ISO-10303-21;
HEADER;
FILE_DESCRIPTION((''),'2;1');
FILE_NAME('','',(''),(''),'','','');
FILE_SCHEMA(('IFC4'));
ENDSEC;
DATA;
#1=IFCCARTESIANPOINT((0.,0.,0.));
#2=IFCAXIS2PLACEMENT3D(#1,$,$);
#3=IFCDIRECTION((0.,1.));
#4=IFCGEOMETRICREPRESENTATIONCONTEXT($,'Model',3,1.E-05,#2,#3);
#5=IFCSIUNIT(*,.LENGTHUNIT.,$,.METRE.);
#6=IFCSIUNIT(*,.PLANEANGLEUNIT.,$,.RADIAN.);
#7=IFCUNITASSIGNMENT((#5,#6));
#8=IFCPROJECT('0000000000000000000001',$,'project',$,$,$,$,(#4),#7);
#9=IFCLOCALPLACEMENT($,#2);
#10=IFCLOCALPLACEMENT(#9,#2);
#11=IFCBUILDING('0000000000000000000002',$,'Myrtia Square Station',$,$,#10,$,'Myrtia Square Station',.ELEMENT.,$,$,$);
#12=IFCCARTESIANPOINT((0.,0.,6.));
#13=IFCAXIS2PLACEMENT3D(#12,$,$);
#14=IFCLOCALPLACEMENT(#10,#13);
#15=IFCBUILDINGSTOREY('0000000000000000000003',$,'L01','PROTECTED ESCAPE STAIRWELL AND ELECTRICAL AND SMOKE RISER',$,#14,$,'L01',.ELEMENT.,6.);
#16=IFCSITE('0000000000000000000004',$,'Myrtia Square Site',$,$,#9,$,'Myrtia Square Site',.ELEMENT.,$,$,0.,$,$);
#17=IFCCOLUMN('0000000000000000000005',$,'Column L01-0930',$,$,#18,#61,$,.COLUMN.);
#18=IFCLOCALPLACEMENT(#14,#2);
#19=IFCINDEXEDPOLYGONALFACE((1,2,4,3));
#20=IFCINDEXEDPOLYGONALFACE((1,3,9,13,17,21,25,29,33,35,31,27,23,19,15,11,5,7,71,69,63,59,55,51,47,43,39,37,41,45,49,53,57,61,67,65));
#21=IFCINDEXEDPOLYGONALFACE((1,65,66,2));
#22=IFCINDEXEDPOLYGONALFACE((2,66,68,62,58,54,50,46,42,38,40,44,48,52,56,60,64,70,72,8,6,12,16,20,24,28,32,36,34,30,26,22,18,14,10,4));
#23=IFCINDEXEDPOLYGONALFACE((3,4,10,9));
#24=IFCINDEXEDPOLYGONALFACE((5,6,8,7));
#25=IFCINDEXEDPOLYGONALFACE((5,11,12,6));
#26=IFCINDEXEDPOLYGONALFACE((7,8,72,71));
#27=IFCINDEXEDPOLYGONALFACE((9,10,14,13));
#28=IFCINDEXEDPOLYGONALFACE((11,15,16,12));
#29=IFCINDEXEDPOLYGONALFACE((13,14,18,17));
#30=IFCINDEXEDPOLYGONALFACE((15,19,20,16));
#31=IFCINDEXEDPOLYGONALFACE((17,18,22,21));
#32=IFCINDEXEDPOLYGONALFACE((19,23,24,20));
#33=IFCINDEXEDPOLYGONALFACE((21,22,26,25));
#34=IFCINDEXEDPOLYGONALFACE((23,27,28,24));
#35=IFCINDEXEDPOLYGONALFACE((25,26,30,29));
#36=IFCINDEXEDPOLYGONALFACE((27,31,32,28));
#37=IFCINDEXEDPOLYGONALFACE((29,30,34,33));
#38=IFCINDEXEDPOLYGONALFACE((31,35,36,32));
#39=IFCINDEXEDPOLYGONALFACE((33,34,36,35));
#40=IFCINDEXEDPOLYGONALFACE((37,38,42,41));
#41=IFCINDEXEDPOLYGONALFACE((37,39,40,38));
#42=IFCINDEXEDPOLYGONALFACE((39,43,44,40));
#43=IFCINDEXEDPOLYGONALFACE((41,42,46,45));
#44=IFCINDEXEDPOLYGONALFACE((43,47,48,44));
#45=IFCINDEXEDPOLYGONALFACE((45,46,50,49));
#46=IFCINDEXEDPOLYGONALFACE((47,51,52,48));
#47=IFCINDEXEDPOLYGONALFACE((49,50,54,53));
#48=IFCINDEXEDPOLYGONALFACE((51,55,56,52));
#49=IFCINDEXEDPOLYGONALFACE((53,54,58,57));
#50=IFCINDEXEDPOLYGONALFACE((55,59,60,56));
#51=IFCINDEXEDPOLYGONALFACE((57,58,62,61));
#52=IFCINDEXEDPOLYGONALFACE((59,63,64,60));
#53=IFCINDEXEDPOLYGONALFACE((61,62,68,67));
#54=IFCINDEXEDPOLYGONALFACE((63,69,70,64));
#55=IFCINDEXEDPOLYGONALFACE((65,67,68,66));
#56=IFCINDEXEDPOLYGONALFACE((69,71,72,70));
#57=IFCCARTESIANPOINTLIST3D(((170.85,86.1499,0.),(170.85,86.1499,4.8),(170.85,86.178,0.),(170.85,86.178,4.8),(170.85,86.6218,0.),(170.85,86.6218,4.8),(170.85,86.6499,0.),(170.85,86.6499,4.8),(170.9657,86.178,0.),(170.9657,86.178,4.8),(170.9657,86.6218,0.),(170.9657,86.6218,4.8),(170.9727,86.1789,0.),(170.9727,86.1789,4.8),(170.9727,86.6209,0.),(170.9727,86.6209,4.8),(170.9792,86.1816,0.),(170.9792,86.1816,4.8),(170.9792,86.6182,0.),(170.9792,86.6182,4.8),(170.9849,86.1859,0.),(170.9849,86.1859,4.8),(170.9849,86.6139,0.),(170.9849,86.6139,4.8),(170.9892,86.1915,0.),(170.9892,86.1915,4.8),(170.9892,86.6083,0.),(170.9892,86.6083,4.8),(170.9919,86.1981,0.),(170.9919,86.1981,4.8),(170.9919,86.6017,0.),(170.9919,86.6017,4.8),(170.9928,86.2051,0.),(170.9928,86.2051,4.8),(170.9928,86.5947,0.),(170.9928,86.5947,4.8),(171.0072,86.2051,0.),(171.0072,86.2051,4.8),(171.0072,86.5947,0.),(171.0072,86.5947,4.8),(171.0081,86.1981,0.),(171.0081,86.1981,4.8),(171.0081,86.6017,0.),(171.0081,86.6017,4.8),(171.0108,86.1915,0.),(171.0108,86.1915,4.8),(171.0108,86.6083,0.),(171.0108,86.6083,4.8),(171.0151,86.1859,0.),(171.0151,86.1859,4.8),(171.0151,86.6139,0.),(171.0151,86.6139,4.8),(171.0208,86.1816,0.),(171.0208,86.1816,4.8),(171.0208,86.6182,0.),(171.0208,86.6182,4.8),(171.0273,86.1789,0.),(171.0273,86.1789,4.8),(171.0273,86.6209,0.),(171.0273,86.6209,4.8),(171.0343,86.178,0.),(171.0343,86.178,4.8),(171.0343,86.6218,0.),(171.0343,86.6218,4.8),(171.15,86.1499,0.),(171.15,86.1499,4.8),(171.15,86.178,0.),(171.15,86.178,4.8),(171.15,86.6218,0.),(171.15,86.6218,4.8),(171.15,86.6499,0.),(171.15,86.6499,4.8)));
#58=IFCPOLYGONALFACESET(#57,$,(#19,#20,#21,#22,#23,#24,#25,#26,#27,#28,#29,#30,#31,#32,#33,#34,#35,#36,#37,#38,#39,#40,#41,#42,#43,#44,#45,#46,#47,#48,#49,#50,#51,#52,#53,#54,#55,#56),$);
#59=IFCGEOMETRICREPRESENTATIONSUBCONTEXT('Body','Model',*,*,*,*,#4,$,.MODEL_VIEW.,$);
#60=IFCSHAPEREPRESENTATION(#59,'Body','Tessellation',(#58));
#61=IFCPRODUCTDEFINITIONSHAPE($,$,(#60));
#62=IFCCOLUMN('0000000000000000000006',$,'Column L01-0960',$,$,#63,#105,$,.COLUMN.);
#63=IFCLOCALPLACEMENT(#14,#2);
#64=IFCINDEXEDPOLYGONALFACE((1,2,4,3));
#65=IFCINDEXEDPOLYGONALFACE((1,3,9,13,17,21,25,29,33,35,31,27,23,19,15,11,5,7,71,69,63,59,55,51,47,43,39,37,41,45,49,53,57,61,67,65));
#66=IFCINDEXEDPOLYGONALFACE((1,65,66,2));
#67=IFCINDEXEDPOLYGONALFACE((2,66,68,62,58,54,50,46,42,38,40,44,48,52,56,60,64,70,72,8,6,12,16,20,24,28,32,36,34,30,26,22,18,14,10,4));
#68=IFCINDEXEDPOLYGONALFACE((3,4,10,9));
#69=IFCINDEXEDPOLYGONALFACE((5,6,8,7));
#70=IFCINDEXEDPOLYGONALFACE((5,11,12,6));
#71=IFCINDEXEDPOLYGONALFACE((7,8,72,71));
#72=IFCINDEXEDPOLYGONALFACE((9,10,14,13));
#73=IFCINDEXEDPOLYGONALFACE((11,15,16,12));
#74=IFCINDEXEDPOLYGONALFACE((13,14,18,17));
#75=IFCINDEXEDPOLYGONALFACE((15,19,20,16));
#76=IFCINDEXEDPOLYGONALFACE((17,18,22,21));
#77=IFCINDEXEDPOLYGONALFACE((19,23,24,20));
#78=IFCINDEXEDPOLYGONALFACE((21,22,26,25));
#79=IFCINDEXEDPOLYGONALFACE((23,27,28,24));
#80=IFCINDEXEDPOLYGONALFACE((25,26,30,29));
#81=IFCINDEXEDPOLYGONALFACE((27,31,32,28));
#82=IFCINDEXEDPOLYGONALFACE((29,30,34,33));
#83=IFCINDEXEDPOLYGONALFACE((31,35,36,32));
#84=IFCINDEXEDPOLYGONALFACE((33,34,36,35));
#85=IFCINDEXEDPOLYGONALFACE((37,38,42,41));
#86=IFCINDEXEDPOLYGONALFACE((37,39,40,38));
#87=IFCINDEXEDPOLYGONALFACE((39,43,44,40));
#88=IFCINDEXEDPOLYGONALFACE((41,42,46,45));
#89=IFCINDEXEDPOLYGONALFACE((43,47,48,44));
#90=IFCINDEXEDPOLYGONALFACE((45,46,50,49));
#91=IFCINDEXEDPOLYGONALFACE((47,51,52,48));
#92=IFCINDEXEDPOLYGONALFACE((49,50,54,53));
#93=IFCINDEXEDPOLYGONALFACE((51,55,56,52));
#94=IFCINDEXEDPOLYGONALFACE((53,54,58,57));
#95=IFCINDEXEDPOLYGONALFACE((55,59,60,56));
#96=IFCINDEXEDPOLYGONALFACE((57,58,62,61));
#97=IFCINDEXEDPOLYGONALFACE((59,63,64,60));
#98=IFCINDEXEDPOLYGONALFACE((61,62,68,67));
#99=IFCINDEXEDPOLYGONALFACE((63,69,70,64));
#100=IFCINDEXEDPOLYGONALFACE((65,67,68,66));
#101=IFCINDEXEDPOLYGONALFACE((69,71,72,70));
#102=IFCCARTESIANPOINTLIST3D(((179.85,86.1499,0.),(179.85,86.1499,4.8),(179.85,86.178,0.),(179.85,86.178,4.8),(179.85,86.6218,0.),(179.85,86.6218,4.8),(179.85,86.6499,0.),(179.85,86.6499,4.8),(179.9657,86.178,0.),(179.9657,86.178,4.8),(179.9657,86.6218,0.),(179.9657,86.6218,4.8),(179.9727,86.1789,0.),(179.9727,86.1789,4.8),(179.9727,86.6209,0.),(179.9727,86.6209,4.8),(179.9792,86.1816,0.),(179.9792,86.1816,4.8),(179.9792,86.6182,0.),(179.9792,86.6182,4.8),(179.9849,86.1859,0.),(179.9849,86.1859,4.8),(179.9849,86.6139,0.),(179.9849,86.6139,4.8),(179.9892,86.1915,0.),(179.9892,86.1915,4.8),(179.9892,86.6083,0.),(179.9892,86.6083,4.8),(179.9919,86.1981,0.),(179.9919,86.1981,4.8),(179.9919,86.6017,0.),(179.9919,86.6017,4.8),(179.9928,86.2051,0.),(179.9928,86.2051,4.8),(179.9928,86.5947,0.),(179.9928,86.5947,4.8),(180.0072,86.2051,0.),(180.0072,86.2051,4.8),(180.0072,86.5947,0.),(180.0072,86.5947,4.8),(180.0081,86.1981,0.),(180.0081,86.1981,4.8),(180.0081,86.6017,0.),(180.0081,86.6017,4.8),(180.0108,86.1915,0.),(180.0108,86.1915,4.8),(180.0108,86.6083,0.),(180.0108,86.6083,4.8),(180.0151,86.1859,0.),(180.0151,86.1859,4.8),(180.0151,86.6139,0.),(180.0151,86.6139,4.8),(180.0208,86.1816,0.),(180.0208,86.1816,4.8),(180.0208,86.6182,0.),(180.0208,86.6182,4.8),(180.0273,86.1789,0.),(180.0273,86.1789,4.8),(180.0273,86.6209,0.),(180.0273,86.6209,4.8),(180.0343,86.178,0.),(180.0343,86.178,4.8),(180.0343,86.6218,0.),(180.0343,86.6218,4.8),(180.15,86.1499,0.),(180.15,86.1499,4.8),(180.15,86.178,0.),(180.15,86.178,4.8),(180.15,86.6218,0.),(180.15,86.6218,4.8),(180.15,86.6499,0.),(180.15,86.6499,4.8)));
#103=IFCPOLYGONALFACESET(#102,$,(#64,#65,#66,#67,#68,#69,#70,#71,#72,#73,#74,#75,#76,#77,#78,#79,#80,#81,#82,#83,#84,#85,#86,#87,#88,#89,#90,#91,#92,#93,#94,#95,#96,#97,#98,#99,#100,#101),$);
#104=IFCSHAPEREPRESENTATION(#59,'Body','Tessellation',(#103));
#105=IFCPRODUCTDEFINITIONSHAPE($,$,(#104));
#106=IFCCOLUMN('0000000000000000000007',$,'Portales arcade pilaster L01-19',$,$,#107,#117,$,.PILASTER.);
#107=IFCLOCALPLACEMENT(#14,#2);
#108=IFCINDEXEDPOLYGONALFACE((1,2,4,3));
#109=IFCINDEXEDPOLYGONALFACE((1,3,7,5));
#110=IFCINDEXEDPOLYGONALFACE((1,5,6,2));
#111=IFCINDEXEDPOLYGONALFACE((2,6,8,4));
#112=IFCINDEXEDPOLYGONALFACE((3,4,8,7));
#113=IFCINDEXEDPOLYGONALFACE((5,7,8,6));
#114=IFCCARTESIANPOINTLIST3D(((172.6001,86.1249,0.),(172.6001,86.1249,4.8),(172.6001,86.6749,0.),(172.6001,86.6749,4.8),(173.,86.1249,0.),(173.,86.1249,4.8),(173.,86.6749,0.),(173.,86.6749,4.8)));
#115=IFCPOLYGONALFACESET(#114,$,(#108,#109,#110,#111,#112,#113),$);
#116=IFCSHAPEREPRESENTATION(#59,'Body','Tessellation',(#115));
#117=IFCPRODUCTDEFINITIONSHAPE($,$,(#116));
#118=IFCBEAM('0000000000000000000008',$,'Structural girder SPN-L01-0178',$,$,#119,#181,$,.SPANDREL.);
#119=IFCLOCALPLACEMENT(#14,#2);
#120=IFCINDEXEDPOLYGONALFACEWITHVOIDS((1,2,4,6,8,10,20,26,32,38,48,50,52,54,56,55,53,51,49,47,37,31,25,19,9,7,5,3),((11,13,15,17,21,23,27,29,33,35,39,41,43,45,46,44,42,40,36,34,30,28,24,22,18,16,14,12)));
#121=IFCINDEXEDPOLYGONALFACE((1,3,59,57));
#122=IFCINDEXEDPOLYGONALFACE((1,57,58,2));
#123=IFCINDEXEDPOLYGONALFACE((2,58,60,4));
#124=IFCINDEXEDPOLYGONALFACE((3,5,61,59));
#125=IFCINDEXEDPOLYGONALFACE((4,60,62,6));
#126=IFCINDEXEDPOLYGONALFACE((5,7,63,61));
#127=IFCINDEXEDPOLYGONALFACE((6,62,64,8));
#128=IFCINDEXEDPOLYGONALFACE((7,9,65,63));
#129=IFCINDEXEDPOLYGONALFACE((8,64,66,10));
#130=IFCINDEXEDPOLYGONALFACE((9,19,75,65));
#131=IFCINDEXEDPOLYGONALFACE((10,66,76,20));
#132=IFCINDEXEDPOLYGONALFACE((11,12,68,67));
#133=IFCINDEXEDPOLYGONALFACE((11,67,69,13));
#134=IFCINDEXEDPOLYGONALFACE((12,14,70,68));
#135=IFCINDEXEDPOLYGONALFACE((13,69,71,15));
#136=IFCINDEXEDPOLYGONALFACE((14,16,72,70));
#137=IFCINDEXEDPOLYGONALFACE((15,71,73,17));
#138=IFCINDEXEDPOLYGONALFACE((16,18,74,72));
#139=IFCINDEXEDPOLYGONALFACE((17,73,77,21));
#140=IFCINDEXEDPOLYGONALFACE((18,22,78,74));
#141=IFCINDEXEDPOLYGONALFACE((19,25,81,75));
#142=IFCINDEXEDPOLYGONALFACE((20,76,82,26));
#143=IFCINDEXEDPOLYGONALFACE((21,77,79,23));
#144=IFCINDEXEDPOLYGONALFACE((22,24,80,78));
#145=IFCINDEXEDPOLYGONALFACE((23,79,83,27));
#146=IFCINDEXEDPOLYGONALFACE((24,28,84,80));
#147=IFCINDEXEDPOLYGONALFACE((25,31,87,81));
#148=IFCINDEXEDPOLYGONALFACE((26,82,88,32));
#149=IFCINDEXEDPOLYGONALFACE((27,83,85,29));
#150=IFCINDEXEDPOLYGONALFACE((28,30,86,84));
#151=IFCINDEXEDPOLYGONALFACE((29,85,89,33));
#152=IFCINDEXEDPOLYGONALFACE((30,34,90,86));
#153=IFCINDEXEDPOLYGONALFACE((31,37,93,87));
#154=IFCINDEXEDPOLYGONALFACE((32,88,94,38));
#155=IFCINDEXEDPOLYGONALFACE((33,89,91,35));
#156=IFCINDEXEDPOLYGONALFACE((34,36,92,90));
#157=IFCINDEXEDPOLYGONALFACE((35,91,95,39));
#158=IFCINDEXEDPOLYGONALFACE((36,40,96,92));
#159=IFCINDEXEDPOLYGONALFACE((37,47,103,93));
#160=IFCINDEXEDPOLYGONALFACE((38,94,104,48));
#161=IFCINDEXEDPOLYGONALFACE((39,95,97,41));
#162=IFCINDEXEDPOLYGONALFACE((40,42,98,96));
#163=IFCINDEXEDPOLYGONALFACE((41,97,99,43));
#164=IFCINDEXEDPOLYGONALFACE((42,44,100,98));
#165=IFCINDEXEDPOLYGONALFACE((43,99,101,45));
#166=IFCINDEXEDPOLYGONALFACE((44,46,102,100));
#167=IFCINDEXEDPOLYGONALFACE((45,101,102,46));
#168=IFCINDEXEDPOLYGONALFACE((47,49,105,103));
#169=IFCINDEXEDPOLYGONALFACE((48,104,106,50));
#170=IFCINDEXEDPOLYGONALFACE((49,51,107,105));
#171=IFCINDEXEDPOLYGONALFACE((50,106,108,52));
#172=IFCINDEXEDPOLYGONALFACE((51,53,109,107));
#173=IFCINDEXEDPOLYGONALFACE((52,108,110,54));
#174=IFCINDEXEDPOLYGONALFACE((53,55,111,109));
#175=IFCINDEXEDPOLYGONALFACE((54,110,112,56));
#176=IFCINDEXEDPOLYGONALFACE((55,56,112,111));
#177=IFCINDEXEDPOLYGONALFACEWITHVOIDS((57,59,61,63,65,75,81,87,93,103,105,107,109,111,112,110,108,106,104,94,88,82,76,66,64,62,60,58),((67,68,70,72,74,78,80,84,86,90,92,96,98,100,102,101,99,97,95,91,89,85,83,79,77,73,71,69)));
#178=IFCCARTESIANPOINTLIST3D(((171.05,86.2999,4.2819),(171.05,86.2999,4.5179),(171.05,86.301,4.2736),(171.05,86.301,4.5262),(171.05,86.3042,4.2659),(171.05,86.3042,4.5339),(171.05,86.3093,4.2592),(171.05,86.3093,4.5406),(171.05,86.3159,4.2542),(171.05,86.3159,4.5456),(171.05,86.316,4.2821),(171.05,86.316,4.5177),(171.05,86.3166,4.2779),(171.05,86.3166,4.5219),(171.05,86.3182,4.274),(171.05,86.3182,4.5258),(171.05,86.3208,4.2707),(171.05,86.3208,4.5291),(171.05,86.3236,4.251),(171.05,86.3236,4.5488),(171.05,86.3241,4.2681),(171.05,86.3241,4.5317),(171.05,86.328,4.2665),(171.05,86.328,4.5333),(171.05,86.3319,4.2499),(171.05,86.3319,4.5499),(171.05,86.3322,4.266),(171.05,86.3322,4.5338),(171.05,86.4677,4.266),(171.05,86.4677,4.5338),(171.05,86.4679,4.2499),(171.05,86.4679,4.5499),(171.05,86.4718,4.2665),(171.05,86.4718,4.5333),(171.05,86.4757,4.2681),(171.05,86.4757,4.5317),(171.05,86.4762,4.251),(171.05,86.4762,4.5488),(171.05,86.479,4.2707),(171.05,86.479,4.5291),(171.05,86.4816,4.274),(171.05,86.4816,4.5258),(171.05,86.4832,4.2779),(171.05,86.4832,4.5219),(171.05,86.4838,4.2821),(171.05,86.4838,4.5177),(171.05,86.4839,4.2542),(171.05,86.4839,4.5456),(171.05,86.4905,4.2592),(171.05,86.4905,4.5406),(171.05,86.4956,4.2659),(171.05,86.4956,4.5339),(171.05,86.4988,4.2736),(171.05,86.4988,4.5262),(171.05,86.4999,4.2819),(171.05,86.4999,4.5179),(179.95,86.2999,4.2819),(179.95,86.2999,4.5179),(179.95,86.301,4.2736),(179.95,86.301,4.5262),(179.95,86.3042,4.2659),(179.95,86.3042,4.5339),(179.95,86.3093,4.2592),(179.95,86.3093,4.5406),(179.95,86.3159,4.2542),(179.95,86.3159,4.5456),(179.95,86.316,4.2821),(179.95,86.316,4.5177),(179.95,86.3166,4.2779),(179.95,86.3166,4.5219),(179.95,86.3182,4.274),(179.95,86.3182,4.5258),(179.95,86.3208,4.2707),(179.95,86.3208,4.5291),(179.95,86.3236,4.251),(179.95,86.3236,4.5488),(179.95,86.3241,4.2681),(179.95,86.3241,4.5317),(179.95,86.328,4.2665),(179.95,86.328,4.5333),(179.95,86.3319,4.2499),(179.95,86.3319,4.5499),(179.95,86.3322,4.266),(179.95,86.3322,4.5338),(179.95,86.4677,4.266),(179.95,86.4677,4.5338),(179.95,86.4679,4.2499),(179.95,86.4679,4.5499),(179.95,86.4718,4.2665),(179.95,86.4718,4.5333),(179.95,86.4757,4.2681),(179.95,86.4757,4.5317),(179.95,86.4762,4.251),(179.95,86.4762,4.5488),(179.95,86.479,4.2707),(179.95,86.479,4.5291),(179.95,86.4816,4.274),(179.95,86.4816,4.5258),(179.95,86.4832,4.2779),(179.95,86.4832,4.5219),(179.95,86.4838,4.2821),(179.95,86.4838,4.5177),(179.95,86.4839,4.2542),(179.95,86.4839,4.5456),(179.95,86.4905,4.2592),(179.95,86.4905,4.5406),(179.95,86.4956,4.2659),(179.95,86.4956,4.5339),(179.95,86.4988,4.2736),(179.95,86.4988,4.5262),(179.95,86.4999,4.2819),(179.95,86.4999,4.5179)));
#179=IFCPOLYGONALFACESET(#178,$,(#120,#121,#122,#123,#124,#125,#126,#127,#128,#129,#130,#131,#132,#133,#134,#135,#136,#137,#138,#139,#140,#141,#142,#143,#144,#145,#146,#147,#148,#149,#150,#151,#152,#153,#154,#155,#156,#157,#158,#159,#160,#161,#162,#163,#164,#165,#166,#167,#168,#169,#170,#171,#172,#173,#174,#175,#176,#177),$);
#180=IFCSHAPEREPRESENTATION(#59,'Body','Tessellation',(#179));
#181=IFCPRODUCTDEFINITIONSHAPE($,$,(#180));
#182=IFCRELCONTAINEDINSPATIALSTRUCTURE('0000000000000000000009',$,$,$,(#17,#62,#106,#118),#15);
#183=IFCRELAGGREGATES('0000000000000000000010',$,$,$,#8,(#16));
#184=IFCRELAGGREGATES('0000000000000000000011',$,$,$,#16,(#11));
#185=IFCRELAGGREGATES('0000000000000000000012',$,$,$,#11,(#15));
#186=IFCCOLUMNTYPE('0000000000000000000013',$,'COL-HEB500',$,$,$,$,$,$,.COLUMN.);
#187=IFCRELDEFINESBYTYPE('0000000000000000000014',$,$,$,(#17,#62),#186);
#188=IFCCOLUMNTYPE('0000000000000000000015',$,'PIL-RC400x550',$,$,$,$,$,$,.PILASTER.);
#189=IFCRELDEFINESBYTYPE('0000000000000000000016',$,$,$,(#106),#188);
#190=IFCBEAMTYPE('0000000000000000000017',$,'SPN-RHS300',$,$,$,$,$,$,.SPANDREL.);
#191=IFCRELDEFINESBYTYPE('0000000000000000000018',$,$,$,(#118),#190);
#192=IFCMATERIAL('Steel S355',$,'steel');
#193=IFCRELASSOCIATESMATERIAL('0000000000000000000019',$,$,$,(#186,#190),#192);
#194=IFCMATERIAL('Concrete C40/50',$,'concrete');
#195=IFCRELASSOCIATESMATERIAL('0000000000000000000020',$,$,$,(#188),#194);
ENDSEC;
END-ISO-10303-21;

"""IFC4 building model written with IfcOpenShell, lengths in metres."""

from ifc_helpers import new_model, si_unit, direction, frame, origin, origin_2d, place, context, subcontext, project, spatial, rectangle, hollow_rectangle, i_section, extrude, material, material_profile, profile_set, type_object, element, save


model = new_model("IFC4")

# Units and contexts
model_context = context("Model", 3, precision=1e-05, world=origin(), true_north=direction((0.0, 1.0)))
body_context = subcontext(model_context, "Body", "Model", "MODEL_VIEW")
ifc_project = project(units=[si_unit("LENGTHUNIT", "METRE"), si_unit("PLANEANGLEUNIT", "RADIAN")], contexts=[model_context])

# Site, building, storey
site_placement = place(None, origin())
site = spatial("IfcSite", under=ifc_project, at=site_placement, Name="Myrtia Square Site", LongName="Myrtia Square Site", CompositionType="ELEMENT", RefElevation=0.0)
building_placement = place(site_placement, origin())
building = spatial("IfcBuilding", under=site, at=building_placement, Name="Myrtia Square Station", LongName="Myrtia Square Station", CompositionType="ELEMENT")
storey_placement = place(building_placement, frame((0.0, 0.0, 6.0)))
storey = spatial("IfcBuildingStorey", under=building, at=storey_placement, Name="L01", Description="PROTECTED ESCAPE STAIRWELL AND ELECTRICAL AND SMOKE RISER", LongName="L01", CompositionType="ELEMENT", Elevation=6.0)

# Columns
ifc_material_1 = material(Name="Steel S355", Category="steel")
ifc_material_profile_1 = material_profile(ifc_material_1, i_section(OverallWidth=0.3, OverallDepth=0.5, WebThickness=0.0144, FlangeThickness=0.0281, FilletRadius=0.0271, at=origin_2d()), Name="HEB 500")
ifc_profile_set_1 = profile_set([ifc_material_profile_1], Name="Steel S355")
column_type_1 = type_object("IfcColumnType", Name="COL-HEB500", PredefinedType="COLUMN", material=ifc_profile_set_1)
for number, where, z_axis, x_axis, name in (
    (1, (171.0, 86.3999, 0.0), (0.0, 0.0, 1.0), (1.0, 0.0, 0.0), "Column L01-0930"),
    (2, (180.0, 86.3999, 0.0), (0.0, 0.0, 1.0), (1.0, 0.0, 0.0), "Column L01-0960"),
):
    element("IfcColumn", number, at=place(storey_placement, frame(where, z_axis=z_axis, x_axis=x_axis)), inside=storey, type_object=column_type_1, Name=name, PredefinedType="COLUMN", context=body_context, shape_type="SweptSolid", body=[
        extrude(i_section(OverallWidth=0.3, OverallDepth=0.5, WebThickness=0.0144, FlangeThickness=0.0281, FilletRadius=0.0271, at=origin_2d()), origin(), (0.0, 0.0, 1.0), 4.8),
    ])
ifc_material_2 = material(Name="Concrete C40/50", Category="concrete")
ifc_material_profile_2 = material_profile(ifc_material_2, rectangle(XDim=0.3999, YDim=0.55, at=origin_2d()), Name="PIL 400x550")
ifc_profile_set_2 = profile_set([ifc_material_profile_2], Name="Concrete C40/50")
column_type_2 = type_object("IfcColumnType", Name="PIL-RC400x550", PredefinedType="PILASTER", material=ifc_profile_set_2)
column_placement = place(storey_placement, frame((172.8, 86.3999, 0.0), z_axis=(0.0, 0.0, 1.0), x_axis=(1.0, 0.0, 0.0)))
element("IfcColumn", 3, at=column_placement, inside=storey, type_object=column_type_2, Name="Portales arcade pilaster L01-19", PredefinedType="PILASTER", context=body_context, shape_type="SweptSolid", body=[
    extrude(rectangle(XDim=0.3999, YDim=0.55, at=origin_2d()), origin(), (0.0, 0.0, 1.0), 4.8),
])

# Beam
ifc_material_profile_3 = material_profile(ifc_material_1, hollow_rectangle(XDim=0.2, YDim=0.3, WallThickness=0.0161, InnerFilletRadius=0.0161, OuterFilletRadius=0.032, at=origin_2d()), Name="RHS 300x200x16")
ifc_profile_set_3 = profile_set([ifc_material_profile_3], Name="Steel S355")
beam_type = type_object("IfcBeamType", Name="SPN-RHS300", PredefinedType="SPANDREL", material=ifc_profile_set_3)
for number, where, z_axis, x_axis, name in (
    (4, (171.05, 86.3999, 4.3999), (1.0, 0.0, 0.0), (0.0, 1.0, 0.0), "Structural girder SPN-L01-0178"),
):
    element("IfcBeam", number, at=place(storey_placement, frame(where, z_axis=z_axis, x_axis=x_axis)), inside=storey, type_object=beam_type, Name=name, PredefinedType="SPANDREL", context=body_context, shape_type="SweptSolid", body=[
        extrude(hollow_rectangle(XDim=0.2, YDim=0.3, WallThickness=0.0161, InnerFilletRadius=0.0161, OuterFilletRadius=0.032, at=origin_2d()), origin(), (0.0, 0.0, 1.0), 8.8999),
    ])

save(model, "model.ifc")
